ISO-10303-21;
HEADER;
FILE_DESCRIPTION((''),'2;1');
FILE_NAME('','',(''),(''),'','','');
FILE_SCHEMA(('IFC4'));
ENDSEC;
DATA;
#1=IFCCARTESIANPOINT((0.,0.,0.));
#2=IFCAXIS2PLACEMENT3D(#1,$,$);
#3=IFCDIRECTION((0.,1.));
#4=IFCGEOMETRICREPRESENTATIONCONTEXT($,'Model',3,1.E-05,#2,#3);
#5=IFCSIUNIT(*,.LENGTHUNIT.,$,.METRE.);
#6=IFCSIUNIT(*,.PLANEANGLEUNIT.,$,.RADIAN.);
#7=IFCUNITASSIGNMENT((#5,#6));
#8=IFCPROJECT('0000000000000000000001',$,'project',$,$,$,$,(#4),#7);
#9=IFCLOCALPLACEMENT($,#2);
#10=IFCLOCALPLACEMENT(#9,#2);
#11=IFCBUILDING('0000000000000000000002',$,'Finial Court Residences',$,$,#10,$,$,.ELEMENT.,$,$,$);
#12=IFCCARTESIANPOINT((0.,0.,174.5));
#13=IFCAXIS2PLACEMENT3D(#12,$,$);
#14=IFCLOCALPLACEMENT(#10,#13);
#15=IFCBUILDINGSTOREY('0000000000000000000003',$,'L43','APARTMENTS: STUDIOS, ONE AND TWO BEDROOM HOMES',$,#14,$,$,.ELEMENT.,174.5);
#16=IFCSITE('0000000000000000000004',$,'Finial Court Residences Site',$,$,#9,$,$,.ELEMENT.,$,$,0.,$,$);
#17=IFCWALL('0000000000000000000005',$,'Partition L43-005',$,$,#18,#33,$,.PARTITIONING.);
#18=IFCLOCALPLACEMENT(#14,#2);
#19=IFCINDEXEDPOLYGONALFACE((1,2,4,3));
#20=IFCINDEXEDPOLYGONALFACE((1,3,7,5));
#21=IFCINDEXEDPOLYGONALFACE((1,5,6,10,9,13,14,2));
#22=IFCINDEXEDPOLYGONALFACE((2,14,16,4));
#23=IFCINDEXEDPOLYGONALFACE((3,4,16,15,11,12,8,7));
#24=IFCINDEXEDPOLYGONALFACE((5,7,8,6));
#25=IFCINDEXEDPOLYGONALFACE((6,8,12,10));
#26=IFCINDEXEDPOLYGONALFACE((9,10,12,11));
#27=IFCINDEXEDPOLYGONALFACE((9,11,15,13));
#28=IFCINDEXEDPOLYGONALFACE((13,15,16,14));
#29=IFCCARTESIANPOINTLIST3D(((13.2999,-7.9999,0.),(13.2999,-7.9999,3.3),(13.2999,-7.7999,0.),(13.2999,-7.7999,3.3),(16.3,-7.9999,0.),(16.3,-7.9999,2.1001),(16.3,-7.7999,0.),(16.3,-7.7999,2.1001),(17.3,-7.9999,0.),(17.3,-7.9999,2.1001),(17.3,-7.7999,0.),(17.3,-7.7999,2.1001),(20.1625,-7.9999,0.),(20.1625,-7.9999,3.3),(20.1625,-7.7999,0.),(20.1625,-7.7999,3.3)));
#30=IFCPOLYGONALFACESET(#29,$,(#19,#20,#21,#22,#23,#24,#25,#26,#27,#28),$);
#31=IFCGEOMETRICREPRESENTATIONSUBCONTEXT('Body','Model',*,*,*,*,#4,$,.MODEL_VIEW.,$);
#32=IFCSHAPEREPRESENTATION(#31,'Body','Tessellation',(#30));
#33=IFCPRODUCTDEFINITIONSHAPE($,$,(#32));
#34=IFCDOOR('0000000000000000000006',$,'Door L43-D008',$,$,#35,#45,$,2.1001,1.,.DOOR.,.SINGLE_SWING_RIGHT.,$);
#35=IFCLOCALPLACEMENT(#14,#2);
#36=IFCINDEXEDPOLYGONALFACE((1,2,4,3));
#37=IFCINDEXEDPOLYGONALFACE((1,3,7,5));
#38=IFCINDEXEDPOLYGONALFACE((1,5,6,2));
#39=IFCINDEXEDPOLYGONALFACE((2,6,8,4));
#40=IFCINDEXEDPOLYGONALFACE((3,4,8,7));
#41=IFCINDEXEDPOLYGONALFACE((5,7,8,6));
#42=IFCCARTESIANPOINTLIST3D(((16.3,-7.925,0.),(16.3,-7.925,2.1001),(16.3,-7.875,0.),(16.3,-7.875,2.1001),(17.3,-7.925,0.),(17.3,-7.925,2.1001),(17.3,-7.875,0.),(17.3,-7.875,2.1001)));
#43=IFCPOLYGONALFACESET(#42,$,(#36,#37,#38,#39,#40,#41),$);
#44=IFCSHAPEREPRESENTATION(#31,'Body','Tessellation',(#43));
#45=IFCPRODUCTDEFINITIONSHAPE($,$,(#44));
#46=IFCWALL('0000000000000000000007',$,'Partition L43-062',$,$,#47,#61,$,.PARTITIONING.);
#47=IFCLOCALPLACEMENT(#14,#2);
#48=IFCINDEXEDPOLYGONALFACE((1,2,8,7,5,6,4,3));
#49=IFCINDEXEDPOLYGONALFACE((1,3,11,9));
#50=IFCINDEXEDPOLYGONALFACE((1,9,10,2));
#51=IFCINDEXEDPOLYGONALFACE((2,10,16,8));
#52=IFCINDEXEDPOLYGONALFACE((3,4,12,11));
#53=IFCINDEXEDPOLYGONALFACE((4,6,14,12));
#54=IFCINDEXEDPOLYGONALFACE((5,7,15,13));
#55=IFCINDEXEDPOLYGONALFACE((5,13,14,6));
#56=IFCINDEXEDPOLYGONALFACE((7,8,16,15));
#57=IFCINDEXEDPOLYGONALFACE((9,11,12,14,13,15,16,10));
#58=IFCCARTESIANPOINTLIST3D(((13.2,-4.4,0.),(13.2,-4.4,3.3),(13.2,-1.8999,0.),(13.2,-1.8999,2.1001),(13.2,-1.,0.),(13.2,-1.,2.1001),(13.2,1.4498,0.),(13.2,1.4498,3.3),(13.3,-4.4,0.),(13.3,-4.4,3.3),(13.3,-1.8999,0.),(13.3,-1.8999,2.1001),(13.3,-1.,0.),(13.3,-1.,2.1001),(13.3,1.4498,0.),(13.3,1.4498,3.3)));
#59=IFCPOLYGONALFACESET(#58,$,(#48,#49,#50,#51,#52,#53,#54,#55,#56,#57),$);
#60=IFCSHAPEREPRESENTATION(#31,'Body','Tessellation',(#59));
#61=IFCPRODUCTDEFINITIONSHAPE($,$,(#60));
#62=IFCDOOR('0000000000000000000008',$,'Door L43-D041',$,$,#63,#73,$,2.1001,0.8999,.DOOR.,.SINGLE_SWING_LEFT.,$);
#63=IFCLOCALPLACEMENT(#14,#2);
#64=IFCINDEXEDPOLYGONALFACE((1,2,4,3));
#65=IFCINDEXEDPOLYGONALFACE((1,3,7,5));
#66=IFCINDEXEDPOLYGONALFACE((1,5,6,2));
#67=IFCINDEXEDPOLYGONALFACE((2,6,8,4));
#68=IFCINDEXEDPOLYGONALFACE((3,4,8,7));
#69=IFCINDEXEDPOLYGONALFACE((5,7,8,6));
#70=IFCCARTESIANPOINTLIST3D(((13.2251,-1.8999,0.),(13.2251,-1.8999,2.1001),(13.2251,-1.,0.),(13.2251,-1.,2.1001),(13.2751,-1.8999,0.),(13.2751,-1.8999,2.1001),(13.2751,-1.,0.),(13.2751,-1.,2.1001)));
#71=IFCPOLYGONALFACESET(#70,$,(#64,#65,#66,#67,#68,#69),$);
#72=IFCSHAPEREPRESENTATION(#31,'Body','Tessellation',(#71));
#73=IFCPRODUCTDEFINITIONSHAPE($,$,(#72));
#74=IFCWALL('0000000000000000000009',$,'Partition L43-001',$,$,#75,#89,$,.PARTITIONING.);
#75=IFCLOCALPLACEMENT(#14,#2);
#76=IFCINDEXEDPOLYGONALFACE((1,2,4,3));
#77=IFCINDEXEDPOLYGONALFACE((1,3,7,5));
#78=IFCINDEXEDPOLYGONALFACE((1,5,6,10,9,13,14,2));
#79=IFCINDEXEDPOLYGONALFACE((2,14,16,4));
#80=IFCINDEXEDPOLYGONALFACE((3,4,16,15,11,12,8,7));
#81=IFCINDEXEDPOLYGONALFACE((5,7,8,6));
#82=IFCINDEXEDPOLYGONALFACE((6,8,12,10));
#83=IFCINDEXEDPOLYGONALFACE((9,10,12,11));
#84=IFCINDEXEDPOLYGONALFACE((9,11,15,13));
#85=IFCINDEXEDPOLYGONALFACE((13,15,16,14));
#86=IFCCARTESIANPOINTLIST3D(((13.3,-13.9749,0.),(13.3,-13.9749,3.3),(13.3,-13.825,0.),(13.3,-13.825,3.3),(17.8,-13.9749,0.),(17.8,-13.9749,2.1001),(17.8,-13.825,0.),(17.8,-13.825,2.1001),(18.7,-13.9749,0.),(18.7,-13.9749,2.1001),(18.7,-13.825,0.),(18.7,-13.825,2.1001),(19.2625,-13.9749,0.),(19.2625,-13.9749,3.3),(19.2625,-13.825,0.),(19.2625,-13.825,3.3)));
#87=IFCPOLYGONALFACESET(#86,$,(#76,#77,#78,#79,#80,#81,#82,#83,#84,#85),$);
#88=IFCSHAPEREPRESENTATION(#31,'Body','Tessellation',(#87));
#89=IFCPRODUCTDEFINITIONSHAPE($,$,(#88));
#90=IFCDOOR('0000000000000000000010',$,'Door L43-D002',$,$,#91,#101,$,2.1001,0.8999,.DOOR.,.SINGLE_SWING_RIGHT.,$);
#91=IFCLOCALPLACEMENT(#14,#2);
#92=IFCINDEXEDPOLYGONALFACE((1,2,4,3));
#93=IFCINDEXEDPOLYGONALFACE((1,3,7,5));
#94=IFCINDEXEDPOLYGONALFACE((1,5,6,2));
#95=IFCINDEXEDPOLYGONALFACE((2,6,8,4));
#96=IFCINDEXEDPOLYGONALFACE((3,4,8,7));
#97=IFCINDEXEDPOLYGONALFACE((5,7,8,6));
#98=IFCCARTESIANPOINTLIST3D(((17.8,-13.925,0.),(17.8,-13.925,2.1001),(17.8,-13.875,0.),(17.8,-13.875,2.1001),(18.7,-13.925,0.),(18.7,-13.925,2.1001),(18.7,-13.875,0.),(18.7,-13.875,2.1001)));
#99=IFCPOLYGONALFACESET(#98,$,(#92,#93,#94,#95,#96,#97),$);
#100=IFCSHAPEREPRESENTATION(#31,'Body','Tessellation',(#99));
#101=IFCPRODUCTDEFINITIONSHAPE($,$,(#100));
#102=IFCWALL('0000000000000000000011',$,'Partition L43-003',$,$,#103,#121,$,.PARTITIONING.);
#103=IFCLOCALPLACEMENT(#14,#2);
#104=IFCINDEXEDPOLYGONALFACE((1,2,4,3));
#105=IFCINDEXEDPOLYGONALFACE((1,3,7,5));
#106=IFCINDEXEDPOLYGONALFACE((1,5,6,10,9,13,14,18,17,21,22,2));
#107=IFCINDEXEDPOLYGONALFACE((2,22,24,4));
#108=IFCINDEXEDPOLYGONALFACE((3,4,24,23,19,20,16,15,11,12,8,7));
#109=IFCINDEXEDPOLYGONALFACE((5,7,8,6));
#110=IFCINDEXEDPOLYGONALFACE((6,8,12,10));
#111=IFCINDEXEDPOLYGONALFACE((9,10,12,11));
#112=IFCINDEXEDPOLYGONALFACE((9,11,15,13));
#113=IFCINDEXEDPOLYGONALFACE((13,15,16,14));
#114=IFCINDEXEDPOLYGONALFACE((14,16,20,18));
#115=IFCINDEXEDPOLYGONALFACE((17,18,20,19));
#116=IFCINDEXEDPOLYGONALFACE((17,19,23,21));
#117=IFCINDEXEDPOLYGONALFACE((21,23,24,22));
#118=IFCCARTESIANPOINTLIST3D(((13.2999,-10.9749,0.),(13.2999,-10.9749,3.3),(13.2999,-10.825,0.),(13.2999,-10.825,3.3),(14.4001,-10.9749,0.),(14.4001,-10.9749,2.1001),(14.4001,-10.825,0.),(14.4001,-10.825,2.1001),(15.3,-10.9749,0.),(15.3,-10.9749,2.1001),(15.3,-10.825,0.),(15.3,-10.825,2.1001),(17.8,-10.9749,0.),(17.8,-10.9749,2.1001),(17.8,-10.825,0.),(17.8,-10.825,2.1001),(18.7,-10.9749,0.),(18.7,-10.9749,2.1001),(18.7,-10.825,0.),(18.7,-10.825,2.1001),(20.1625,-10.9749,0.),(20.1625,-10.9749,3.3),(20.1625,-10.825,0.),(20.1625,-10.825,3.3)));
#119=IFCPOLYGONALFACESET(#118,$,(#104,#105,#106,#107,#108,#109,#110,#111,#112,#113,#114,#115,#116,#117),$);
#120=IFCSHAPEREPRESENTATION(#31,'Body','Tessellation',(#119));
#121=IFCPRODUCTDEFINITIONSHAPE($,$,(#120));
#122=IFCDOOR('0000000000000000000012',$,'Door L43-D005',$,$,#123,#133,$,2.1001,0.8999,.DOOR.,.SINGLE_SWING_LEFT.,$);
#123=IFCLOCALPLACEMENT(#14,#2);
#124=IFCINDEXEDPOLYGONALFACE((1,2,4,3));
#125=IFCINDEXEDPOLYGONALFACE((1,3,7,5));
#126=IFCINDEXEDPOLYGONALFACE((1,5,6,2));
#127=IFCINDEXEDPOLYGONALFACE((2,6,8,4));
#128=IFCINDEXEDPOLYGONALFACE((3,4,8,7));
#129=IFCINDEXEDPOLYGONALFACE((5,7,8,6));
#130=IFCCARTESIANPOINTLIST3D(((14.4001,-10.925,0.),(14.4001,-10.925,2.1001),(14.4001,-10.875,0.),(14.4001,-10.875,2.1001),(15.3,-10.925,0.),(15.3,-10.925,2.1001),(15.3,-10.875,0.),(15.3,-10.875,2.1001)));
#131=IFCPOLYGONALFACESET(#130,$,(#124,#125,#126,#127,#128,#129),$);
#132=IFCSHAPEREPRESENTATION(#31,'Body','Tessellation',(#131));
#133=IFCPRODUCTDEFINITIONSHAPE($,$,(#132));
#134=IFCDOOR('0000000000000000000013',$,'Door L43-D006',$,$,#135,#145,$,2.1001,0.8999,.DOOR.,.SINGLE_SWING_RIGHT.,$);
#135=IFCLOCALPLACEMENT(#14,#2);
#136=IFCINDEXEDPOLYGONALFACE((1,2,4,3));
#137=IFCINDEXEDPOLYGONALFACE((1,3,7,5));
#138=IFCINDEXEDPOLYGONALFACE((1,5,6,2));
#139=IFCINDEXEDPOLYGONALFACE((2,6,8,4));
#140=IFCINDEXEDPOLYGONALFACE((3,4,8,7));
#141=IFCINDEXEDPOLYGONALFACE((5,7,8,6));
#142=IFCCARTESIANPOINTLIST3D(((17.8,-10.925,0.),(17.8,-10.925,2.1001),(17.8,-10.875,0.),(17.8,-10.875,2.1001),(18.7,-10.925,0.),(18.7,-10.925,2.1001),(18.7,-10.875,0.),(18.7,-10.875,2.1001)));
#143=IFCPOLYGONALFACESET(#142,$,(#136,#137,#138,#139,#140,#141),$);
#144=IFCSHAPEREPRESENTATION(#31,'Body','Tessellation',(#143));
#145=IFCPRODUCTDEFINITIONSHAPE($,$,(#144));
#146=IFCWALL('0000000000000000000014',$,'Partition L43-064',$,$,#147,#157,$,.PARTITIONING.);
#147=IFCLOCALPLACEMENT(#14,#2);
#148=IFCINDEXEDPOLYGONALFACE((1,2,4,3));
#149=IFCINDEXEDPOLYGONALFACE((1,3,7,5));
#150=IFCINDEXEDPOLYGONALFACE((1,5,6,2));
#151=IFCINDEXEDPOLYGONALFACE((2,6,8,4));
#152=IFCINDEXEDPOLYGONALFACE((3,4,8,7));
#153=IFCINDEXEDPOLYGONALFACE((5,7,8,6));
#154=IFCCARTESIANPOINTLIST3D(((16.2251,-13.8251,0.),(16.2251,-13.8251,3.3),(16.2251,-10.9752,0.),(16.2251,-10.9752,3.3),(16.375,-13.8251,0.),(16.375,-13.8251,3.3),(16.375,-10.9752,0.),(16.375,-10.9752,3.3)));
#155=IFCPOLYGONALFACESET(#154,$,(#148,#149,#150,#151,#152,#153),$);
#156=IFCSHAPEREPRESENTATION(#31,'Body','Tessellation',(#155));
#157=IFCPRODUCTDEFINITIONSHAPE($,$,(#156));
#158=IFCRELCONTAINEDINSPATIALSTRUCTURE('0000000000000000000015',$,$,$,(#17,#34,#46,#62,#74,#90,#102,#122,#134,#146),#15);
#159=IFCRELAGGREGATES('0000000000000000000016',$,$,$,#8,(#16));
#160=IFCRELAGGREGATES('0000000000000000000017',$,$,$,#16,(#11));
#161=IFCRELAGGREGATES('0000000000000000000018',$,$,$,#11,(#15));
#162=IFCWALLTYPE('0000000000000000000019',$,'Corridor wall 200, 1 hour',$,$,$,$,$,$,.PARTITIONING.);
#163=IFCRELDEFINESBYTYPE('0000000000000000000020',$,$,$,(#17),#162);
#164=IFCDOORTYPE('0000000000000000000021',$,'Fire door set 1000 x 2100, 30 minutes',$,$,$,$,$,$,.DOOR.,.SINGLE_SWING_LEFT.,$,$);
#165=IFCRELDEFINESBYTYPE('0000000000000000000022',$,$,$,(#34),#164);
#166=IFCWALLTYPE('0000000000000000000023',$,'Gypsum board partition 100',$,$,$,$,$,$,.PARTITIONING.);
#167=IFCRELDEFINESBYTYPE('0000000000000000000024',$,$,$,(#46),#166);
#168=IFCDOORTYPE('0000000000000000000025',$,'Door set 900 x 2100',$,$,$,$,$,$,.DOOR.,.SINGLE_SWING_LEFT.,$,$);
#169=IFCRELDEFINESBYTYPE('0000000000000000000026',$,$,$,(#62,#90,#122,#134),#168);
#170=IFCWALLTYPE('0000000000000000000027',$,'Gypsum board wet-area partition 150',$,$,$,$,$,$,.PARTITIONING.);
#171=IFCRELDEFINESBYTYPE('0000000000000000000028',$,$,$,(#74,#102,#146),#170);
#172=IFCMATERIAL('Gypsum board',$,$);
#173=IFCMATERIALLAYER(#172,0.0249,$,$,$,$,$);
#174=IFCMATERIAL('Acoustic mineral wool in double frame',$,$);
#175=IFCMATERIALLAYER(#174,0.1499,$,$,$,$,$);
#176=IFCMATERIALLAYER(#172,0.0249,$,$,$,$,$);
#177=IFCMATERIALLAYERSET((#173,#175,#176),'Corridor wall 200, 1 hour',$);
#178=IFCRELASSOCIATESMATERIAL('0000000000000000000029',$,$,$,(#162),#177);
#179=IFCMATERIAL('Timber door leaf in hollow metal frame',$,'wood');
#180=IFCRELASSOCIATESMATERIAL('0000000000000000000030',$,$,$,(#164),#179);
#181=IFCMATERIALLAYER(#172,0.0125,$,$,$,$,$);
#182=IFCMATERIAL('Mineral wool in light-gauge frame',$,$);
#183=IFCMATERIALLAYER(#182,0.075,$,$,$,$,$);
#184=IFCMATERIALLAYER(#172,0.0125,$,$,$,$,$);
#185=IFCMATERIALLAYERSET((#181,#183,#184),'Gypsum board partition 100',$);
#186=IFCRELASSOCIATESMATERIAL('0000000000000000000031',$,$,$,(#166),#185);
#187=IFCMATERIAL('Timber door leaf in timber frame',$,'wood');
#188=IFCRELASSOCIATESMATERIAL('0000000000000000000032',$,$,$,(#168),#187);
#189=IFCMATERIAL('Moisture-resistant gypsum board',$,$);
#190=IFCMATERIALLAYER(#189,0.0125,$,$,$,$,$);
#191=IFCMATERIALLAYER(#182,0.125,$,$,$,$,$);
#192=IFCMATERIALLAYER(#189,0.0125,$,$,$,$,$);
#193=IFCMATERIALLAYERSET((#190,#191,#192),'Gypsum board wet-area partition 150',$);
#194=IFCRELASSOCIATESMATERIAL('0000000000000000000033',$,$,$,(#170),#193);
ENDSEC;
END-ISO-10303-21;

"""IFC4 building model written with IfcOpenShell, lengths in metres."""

from ifc_helpers import new_model, si_unit, direction, frame, frame_2d, origin, place, context, subcontext, project, spatial, rectangle, extrude, material, layer, layer_set, type_object, element, fill, save


model = new_model("IFC4")

# Units and contexts
model_context = context("Model", 3, precision=1e-05, world=origin(), true_north=direction((0.0, 1.0)))
body_context = subcontext(model_context, "Body", "Model", "MODEL_VIEW")
ifc_project = project(units=[si_unit("LENGTHUNIT", "METRE"), si_unit("PLANEANGLEUNIT", "RADIAN")], contexts=[model_context])

# Site, building, storey
site_placement = place(None, origin())
site = spatial("IfcSite", under=ifc_project, at=site_placement, Name="Finial Court Residences Site", CompositionType="ELEMENT", RefElevation=0.0)
building_placement = place(site_placement, origin())
building = spatial("IfcBuilding", under=site, at=building_placement, Name="Finial Court Residences", CompositionType="ELEMENT")
storey_placement = place(building_placement, frame((0.0, 0.0, 174.5)))
storey = spatial("IfcBuildingStorey", under=building, at=storey_placement, Name="L43", Description="APARTMENTS: STUDIOS, ONE AND TWO BEDROOM HOMES", CompositionType="ELEMENT", Elevation=174.5)

# Walls, openings, doors
ifc_material_1 = material(Name="Gypsum board")
ifc_layer_1 = layer(ifc_material_1, 0.0249)
ifc_material_2 = material(Name="Acoustic mineral wool in double frame")
ifc_layer_2 = layer(ifc_material_2, 0.1499)
ifc_layer_3 = layer(ifc_material_1, 0.0249)
ifc_layer_set_1 = layer_set([ifc_layer_1, ifc_layer_2, ifc_layer_3], Name="Corridor wall 200, 1 hour")
wall_type_1 = type_object("IfcWallType", Name="Corridor wall 200, 1 hour", PredefinedType="PARTITIONING", material=ifc_layer_set_1)
wall_1_placement = place(storey_placement, frame((13.3, -7.8999, 0.0), z_axis=(0.0, 0.0, 1.0), x_axis=(1.0, 0.0, 0.0)))
wall_1 = element("IfcWall", 1, at=wall_1_placement, inside=storey, type_object=wall_type_1, Name="Partition L43-005", PredefinedType="PARTITIONING", context=body_context, shape_type="SweptSolid", body=[
    extrude(rectangle(XDim=6.8625, YDim=0.2, at=frame_2d((3.4312, 0.0))), origin(), (0.0, 0.0, 1.0), 3.3),
])
opening_1_placement = place(wall_1_placement, frame((3.0, 0.0, 0.0)))
opening_1 = element("IfcOpeningElement", 2, at=opening_1_placement, cuts=wall_1, PredefinedType="OPENING", context=body_context, shape_type="SweptSolid", body=[
    extrude(rectangle(XDim=1.0, YDim=2.1001, at=frame_2d((0.5, 1.05))), frame((0.0, 0.1099, 0.0), z_axis=(0.0, -1.0, 0.0), x_axis=(1.0, 0.0, 0.0)), (0.0, 0.0, 1.0), 0.22),
])
ifc_material_3 = material(Name="Timber door leaf in hollow metal frame", Category="wood")
door_type_1 = type_object("IfcDoorType", Name="Fire door set 1000 x 2100, 30 minutes", OperationType="SINGLE_SWING_LEFT", PredefinedType="DOOR", material=ifc_material_3)
door_1_placement = place(opening_1_placement, origin())
door_1 = element("IfcDoor", 3, at=door_1_placement, inside=storey, type_object=door_type_1, Name="Door L43-D008", OperationType="SINGLE_SWING_RIGHT", OverallHeight=2.1001, OverallWidth=1.0, PredefinedType="DOOR", context=body_context, shape_type="SweptSolid", body=[
    extrude(rectangle(XDim=1.0, YDim=2.1001, at=frame_2d((0.5, 1.05))), frame((0.0, 0.0249, 0.0), z_axis=(0.0, -1.0, 0.0), x_axis=(1.0, 0.0, 0.0)), (0.0, 0.0, 1.0), 0.05),
])
fill(opening_1, door_1)
ifc_layer_4 = layer(ifc_material_1, 0.0125)
ifc_material_4 = material(Name="Mineral wool in light-gauge frame")
ifc_layer_5 = layer(ifc_material_4, 0.075)
ifc_layer_6 = layer(ifc_material_1, 0.0125)
ifc_layer_set_2 = layer_set([ifc_layer_4, ifc_layer_5, ifc_layer_6], Name="Gypsum board partition 100")
wall_type_2 = type_object("IfcWallType", Name="Gypsum board partition 100", PredefinedType="PARTITIONING", material=ifc_layer_set_2)
wall_2_placement = place(storey_placement, frame((13.25, -4.3999, 0.0), z_axis=(0.0, 0.0, 1.0), x_axis=(0.0, 1.0, 0.0)))
wall_2 = element("IfcWall", 4, at=wall_2_placement, inside=storey, type_object=wall_type_2, Name="Partition L43-062", PredefinedType="PARTITIONING", context=body_context, shape_type="SweptSolid", body=[
    extrude(rectangle(XDim=5.8499, YDim=0.1001, at=frame_2d((2.9248, 0.0))), origin(), (0.0, 0.0, 1.0), 3.3),
])
opening_2_placement = place(wall_2_placement, frame((2.5, 0.0, 0.0)))
opening_2 = element("IfcOpeningElement", 5, at=opening_2_placement, cuts=wall_2, PredefinedType="OPENING", context=body_context, shape_type="SweptSolid", body=[
    extrude(rectangle(XDim=0.8999, YDim=2.1001, at=frame_2d((0.45, 1.05))), frame((0.0, 0.0601, 0.0), z_axis=(0.0, -1.0, 0.0), x_axis=(1.0, 0.0, 0.0)), (0.0, 0.0, 1.0), 0.1201),
])
ifc_material_5 = material(Name="Timber door leaf in timber frame", Category="wood")
door_type_2 = type_object("IfcDoorType", Name="Door set 900 x 2100", OperationType="SINGLE_SWING_LEFT", PredefinedType="DOOR", material=ifc_material_5)
door_2_placement = place(opening_2_placement, origin())
door_2 = element("IfcDoor", 6, at=door_2_placement, inside=storey, type_object=door_type_2, Name="Door L43-D041", OperationType="SINGLE_SWING_LEFT", OverallHeight=2.1001, OverallWidth=0.8999, PredefinedType="DOOR", context=body_context, shape_type="SweptSolid", body=[
    extrude(rectangle(XDim=0.8999, YDim=2.1001, at=frame_2d((0.45, 1.05))), frame((0.0, 0.0249, 0.0), z_axis=(0.0, -1.0, 0.0), x_axis=(1.0, 0.0, 0.0)), (0.0, 0.0, 1.0), 0.05),
])
fill(opening_2, door_2)
ifc_material_6 = material(Name="Moisture-resistant gypsum board")
ifc_layer_7 = layer(ifc_material_6, 0.0125)
ifc_layer_8 = layer(ifc_material_4, 0.125)
ifc_layer_9 = layer(ifc_material_6, 0.0125)
ifc_layer_set_3 = layer_set([ifc_layer_7, ifc_layer_8, ifc_layer_9], Name="Gypsum board wet-area partition 150")
wall_type_3 = type_object("IfcWallType", Name="Gypsum board wet-area partition 150", PredefinedType="PARTITIONING", material=ifc_layer_set_3)
wall_3_placement = place(storey_placement, frame((13.3, -13.8999, 0.0), z_axis=(0.0, 0.0, 1.0), x_axis=(1.0, 0.0, 0.0)))
wall_3 = element("IfcWall", 7, at=wall_3_placement, inside=storey, type_object=wall_type_3, Name="Partition L43-001", PredefinedType="PARTITIONING", context=body_context, shape_type="SweptSolid", body=[
    extrude(rectangle(XDim=5.9624, YDim=0.1499, at=frame_2d((2.9812, 0.0))), origin(), (0.0, 0.0, 1.0), 3.3),
])
opening_3_placement = place(wall_3_placement, frame((4.5, 0.0, 0.0)))
opening_3 = element("IfcOpeningElement", 8, at=opening_3_placement, cuts=wall_3, PredefinedType="OPENING", context=body_context, shape_type="SweptSolid", body=[
    extrude(rectangle(XDim=0.8999, YDim=2.1001, at=frame_2d((0.45, 1.05))), frame((0.0, 0.085, 0.0), z_axis=(0.0, -1.0, 0.0), x_axis=(1.0, 0.0, 0.0)), (0.0, 0.0, 1.0), 0.1699),
])
door_3_placement = place(opening_3_placement, origin())
door_3 = element("IfcDoor", 9, at=door_3_placement, inside=storey, type_object=door_type_2, Name="Door L43-D002", OperationType="SINGLE_SWING_RIGHT", OverallHeight=2.1001, OverallWidth=0.8999, PredefinedType="DOOR", context=body_context, shape_type="SweptSolid", body=[
    extrude(rectangle(XDim=0.8999, YDim=2.1001, at=frame_2d((0.45, 1.05))), frame((0.0, 0.0249, 0.0), z_axis=(0.0, -1.0, 0.0), x_axis=(1.0, 0.0, 0.0)), (0.0, 0.0, 1.0), 0.05),
])
fill(opening_3, door_3)

# Wall, openings, doors
wall_4_placement = place(storey_placement, frame((13.3, -10.8999, 0.0), z_axis=(0.0, 0.0, 1.0), x_axis=(1.0, 0.0, 0.0)))
wall_4 = element("IfcWall", 10, at=wall_4_placement, inside=storey, type_object=wall_type_3, Name="Partition L43-003", PredefinedType="PARTITIONING", context=body_context, shape_type="SweptSolid", body=[
    extrude(rectangle(XDim=6.8625, YDim=0.1499, at=frame_2d((3.4312, 0.0))), origin(), (0.0, 0.0, 1.0), 3.3),
])
opening_4_placement = place(wall_4_placement, frame((1.1001, 0.0, 0.0)))
opening_4 = element("IfcOpeningElement", 11, at=opening_4_placement, cuts=wall_4, PredefinedType="OPENING", context=body_context, shape_type="SweptSolid", body=[
    extrude(rectangle(XDim=0.8999, YDim=2.1001, at=frame_2d((0.45, 1.05))), frame((0.0, 0.085, 0.0), z_axis=(0.0, -1.0, 0.0), x_axis=(1.0, 0.0, 0.0)), (0.0, 0.0, 1.0), 0.1699),
])
opening_5_placement = place(wall_4_placement, frame((4.5, 0.0, 0.0)))
opening_5 = element("IfcOpeningElement", 12, at=opening_5_placement, cuts=wall_4, PredefinedType="OPENING", context=body_context, shape_type="SweptSolid", body=[
    extrude(rectangle(XDim=0.8999, YDim=2.1001, at=frame_2d((0.45, 1.05))), frame((0.0, 0.085, 0.0), z_axis=(0.0, -1.0, 0.0), x_axis=(1.0, 0.0, 0.0)), (0.0, 0.0, 1.0), 0.1699),
])
door_4_placement = place(opening_4_placement, origin())
door_4 = element("IfcDoor", 13, at=door_4_placement, inside=storey, type_object=door_type_2, Name="Door L43-D005", OperationType="SINGLE_SWING_LEFT", OverallHeight=2.1001, OverallWidth=0.8999, PredefinedType="DOOR", context=body_context, shape_type="SweptSolid", body=[
    extrude(rectangle(XDim=0.8999, YDim=2.1001, at=frame_2d((0.45, 1.05))), frame((0.0, 0.0249, 0.0), z_axis=(0.0, -1.0, 0.0), x_axis=(1.0, 0.0, 0.0)), (0.0, 0.0, 1.0), 0.05),
])
fill(opening_4, door_4)
door_5_placement = place(opening_5_placement, origin())
door_5 = element("IfcDoor", 14, at=door_5_placement, inside=storey, type_object=door_type_2, Name="Door L43-D006", OperationType="SINGLE_SWING_RIGHT", OverallHeight=2.1001, OverallWidth=0.8999, PredefinedType="DOOR", context=body_context, shape_type="SweptSolid", body=[
    extrude(rectangle(XDim=0.8999, YDim=2.1001, at=frame_2d((0.45, 1.05))), frame((0.0, 0.0249, 0.0), z_axis=(0.0, -1.0, 0.0), x_axis=(1.0, 0.0, 0.0)), (0.0, 0.0, 1.0), 0.05),
])
fill(opening_5, door_5)

# Wall
wall_5_placement = place(storey_placement, frame((16.3, -13.825, 0.0), z_axis=(0.0, 0.0, 1.0), x_axis=(0.0, 1.0, 0.0)))
element("IfcWall", 15, at=wall_5_placement, inside=storey, type_object=wall_type_3, Name="Partition L43-064", PredefinedType="PARTITIONING", context=body_context, shape_type="SweptSolid", body=[
    extrude(rectangle(XDim=2.8499, YDim=0.1499, at=frame_2d((1.4248, 0.0))), origin(), (0.0, 0.0, 1.0), 3.3),
])

save(model, "model.ifc")
